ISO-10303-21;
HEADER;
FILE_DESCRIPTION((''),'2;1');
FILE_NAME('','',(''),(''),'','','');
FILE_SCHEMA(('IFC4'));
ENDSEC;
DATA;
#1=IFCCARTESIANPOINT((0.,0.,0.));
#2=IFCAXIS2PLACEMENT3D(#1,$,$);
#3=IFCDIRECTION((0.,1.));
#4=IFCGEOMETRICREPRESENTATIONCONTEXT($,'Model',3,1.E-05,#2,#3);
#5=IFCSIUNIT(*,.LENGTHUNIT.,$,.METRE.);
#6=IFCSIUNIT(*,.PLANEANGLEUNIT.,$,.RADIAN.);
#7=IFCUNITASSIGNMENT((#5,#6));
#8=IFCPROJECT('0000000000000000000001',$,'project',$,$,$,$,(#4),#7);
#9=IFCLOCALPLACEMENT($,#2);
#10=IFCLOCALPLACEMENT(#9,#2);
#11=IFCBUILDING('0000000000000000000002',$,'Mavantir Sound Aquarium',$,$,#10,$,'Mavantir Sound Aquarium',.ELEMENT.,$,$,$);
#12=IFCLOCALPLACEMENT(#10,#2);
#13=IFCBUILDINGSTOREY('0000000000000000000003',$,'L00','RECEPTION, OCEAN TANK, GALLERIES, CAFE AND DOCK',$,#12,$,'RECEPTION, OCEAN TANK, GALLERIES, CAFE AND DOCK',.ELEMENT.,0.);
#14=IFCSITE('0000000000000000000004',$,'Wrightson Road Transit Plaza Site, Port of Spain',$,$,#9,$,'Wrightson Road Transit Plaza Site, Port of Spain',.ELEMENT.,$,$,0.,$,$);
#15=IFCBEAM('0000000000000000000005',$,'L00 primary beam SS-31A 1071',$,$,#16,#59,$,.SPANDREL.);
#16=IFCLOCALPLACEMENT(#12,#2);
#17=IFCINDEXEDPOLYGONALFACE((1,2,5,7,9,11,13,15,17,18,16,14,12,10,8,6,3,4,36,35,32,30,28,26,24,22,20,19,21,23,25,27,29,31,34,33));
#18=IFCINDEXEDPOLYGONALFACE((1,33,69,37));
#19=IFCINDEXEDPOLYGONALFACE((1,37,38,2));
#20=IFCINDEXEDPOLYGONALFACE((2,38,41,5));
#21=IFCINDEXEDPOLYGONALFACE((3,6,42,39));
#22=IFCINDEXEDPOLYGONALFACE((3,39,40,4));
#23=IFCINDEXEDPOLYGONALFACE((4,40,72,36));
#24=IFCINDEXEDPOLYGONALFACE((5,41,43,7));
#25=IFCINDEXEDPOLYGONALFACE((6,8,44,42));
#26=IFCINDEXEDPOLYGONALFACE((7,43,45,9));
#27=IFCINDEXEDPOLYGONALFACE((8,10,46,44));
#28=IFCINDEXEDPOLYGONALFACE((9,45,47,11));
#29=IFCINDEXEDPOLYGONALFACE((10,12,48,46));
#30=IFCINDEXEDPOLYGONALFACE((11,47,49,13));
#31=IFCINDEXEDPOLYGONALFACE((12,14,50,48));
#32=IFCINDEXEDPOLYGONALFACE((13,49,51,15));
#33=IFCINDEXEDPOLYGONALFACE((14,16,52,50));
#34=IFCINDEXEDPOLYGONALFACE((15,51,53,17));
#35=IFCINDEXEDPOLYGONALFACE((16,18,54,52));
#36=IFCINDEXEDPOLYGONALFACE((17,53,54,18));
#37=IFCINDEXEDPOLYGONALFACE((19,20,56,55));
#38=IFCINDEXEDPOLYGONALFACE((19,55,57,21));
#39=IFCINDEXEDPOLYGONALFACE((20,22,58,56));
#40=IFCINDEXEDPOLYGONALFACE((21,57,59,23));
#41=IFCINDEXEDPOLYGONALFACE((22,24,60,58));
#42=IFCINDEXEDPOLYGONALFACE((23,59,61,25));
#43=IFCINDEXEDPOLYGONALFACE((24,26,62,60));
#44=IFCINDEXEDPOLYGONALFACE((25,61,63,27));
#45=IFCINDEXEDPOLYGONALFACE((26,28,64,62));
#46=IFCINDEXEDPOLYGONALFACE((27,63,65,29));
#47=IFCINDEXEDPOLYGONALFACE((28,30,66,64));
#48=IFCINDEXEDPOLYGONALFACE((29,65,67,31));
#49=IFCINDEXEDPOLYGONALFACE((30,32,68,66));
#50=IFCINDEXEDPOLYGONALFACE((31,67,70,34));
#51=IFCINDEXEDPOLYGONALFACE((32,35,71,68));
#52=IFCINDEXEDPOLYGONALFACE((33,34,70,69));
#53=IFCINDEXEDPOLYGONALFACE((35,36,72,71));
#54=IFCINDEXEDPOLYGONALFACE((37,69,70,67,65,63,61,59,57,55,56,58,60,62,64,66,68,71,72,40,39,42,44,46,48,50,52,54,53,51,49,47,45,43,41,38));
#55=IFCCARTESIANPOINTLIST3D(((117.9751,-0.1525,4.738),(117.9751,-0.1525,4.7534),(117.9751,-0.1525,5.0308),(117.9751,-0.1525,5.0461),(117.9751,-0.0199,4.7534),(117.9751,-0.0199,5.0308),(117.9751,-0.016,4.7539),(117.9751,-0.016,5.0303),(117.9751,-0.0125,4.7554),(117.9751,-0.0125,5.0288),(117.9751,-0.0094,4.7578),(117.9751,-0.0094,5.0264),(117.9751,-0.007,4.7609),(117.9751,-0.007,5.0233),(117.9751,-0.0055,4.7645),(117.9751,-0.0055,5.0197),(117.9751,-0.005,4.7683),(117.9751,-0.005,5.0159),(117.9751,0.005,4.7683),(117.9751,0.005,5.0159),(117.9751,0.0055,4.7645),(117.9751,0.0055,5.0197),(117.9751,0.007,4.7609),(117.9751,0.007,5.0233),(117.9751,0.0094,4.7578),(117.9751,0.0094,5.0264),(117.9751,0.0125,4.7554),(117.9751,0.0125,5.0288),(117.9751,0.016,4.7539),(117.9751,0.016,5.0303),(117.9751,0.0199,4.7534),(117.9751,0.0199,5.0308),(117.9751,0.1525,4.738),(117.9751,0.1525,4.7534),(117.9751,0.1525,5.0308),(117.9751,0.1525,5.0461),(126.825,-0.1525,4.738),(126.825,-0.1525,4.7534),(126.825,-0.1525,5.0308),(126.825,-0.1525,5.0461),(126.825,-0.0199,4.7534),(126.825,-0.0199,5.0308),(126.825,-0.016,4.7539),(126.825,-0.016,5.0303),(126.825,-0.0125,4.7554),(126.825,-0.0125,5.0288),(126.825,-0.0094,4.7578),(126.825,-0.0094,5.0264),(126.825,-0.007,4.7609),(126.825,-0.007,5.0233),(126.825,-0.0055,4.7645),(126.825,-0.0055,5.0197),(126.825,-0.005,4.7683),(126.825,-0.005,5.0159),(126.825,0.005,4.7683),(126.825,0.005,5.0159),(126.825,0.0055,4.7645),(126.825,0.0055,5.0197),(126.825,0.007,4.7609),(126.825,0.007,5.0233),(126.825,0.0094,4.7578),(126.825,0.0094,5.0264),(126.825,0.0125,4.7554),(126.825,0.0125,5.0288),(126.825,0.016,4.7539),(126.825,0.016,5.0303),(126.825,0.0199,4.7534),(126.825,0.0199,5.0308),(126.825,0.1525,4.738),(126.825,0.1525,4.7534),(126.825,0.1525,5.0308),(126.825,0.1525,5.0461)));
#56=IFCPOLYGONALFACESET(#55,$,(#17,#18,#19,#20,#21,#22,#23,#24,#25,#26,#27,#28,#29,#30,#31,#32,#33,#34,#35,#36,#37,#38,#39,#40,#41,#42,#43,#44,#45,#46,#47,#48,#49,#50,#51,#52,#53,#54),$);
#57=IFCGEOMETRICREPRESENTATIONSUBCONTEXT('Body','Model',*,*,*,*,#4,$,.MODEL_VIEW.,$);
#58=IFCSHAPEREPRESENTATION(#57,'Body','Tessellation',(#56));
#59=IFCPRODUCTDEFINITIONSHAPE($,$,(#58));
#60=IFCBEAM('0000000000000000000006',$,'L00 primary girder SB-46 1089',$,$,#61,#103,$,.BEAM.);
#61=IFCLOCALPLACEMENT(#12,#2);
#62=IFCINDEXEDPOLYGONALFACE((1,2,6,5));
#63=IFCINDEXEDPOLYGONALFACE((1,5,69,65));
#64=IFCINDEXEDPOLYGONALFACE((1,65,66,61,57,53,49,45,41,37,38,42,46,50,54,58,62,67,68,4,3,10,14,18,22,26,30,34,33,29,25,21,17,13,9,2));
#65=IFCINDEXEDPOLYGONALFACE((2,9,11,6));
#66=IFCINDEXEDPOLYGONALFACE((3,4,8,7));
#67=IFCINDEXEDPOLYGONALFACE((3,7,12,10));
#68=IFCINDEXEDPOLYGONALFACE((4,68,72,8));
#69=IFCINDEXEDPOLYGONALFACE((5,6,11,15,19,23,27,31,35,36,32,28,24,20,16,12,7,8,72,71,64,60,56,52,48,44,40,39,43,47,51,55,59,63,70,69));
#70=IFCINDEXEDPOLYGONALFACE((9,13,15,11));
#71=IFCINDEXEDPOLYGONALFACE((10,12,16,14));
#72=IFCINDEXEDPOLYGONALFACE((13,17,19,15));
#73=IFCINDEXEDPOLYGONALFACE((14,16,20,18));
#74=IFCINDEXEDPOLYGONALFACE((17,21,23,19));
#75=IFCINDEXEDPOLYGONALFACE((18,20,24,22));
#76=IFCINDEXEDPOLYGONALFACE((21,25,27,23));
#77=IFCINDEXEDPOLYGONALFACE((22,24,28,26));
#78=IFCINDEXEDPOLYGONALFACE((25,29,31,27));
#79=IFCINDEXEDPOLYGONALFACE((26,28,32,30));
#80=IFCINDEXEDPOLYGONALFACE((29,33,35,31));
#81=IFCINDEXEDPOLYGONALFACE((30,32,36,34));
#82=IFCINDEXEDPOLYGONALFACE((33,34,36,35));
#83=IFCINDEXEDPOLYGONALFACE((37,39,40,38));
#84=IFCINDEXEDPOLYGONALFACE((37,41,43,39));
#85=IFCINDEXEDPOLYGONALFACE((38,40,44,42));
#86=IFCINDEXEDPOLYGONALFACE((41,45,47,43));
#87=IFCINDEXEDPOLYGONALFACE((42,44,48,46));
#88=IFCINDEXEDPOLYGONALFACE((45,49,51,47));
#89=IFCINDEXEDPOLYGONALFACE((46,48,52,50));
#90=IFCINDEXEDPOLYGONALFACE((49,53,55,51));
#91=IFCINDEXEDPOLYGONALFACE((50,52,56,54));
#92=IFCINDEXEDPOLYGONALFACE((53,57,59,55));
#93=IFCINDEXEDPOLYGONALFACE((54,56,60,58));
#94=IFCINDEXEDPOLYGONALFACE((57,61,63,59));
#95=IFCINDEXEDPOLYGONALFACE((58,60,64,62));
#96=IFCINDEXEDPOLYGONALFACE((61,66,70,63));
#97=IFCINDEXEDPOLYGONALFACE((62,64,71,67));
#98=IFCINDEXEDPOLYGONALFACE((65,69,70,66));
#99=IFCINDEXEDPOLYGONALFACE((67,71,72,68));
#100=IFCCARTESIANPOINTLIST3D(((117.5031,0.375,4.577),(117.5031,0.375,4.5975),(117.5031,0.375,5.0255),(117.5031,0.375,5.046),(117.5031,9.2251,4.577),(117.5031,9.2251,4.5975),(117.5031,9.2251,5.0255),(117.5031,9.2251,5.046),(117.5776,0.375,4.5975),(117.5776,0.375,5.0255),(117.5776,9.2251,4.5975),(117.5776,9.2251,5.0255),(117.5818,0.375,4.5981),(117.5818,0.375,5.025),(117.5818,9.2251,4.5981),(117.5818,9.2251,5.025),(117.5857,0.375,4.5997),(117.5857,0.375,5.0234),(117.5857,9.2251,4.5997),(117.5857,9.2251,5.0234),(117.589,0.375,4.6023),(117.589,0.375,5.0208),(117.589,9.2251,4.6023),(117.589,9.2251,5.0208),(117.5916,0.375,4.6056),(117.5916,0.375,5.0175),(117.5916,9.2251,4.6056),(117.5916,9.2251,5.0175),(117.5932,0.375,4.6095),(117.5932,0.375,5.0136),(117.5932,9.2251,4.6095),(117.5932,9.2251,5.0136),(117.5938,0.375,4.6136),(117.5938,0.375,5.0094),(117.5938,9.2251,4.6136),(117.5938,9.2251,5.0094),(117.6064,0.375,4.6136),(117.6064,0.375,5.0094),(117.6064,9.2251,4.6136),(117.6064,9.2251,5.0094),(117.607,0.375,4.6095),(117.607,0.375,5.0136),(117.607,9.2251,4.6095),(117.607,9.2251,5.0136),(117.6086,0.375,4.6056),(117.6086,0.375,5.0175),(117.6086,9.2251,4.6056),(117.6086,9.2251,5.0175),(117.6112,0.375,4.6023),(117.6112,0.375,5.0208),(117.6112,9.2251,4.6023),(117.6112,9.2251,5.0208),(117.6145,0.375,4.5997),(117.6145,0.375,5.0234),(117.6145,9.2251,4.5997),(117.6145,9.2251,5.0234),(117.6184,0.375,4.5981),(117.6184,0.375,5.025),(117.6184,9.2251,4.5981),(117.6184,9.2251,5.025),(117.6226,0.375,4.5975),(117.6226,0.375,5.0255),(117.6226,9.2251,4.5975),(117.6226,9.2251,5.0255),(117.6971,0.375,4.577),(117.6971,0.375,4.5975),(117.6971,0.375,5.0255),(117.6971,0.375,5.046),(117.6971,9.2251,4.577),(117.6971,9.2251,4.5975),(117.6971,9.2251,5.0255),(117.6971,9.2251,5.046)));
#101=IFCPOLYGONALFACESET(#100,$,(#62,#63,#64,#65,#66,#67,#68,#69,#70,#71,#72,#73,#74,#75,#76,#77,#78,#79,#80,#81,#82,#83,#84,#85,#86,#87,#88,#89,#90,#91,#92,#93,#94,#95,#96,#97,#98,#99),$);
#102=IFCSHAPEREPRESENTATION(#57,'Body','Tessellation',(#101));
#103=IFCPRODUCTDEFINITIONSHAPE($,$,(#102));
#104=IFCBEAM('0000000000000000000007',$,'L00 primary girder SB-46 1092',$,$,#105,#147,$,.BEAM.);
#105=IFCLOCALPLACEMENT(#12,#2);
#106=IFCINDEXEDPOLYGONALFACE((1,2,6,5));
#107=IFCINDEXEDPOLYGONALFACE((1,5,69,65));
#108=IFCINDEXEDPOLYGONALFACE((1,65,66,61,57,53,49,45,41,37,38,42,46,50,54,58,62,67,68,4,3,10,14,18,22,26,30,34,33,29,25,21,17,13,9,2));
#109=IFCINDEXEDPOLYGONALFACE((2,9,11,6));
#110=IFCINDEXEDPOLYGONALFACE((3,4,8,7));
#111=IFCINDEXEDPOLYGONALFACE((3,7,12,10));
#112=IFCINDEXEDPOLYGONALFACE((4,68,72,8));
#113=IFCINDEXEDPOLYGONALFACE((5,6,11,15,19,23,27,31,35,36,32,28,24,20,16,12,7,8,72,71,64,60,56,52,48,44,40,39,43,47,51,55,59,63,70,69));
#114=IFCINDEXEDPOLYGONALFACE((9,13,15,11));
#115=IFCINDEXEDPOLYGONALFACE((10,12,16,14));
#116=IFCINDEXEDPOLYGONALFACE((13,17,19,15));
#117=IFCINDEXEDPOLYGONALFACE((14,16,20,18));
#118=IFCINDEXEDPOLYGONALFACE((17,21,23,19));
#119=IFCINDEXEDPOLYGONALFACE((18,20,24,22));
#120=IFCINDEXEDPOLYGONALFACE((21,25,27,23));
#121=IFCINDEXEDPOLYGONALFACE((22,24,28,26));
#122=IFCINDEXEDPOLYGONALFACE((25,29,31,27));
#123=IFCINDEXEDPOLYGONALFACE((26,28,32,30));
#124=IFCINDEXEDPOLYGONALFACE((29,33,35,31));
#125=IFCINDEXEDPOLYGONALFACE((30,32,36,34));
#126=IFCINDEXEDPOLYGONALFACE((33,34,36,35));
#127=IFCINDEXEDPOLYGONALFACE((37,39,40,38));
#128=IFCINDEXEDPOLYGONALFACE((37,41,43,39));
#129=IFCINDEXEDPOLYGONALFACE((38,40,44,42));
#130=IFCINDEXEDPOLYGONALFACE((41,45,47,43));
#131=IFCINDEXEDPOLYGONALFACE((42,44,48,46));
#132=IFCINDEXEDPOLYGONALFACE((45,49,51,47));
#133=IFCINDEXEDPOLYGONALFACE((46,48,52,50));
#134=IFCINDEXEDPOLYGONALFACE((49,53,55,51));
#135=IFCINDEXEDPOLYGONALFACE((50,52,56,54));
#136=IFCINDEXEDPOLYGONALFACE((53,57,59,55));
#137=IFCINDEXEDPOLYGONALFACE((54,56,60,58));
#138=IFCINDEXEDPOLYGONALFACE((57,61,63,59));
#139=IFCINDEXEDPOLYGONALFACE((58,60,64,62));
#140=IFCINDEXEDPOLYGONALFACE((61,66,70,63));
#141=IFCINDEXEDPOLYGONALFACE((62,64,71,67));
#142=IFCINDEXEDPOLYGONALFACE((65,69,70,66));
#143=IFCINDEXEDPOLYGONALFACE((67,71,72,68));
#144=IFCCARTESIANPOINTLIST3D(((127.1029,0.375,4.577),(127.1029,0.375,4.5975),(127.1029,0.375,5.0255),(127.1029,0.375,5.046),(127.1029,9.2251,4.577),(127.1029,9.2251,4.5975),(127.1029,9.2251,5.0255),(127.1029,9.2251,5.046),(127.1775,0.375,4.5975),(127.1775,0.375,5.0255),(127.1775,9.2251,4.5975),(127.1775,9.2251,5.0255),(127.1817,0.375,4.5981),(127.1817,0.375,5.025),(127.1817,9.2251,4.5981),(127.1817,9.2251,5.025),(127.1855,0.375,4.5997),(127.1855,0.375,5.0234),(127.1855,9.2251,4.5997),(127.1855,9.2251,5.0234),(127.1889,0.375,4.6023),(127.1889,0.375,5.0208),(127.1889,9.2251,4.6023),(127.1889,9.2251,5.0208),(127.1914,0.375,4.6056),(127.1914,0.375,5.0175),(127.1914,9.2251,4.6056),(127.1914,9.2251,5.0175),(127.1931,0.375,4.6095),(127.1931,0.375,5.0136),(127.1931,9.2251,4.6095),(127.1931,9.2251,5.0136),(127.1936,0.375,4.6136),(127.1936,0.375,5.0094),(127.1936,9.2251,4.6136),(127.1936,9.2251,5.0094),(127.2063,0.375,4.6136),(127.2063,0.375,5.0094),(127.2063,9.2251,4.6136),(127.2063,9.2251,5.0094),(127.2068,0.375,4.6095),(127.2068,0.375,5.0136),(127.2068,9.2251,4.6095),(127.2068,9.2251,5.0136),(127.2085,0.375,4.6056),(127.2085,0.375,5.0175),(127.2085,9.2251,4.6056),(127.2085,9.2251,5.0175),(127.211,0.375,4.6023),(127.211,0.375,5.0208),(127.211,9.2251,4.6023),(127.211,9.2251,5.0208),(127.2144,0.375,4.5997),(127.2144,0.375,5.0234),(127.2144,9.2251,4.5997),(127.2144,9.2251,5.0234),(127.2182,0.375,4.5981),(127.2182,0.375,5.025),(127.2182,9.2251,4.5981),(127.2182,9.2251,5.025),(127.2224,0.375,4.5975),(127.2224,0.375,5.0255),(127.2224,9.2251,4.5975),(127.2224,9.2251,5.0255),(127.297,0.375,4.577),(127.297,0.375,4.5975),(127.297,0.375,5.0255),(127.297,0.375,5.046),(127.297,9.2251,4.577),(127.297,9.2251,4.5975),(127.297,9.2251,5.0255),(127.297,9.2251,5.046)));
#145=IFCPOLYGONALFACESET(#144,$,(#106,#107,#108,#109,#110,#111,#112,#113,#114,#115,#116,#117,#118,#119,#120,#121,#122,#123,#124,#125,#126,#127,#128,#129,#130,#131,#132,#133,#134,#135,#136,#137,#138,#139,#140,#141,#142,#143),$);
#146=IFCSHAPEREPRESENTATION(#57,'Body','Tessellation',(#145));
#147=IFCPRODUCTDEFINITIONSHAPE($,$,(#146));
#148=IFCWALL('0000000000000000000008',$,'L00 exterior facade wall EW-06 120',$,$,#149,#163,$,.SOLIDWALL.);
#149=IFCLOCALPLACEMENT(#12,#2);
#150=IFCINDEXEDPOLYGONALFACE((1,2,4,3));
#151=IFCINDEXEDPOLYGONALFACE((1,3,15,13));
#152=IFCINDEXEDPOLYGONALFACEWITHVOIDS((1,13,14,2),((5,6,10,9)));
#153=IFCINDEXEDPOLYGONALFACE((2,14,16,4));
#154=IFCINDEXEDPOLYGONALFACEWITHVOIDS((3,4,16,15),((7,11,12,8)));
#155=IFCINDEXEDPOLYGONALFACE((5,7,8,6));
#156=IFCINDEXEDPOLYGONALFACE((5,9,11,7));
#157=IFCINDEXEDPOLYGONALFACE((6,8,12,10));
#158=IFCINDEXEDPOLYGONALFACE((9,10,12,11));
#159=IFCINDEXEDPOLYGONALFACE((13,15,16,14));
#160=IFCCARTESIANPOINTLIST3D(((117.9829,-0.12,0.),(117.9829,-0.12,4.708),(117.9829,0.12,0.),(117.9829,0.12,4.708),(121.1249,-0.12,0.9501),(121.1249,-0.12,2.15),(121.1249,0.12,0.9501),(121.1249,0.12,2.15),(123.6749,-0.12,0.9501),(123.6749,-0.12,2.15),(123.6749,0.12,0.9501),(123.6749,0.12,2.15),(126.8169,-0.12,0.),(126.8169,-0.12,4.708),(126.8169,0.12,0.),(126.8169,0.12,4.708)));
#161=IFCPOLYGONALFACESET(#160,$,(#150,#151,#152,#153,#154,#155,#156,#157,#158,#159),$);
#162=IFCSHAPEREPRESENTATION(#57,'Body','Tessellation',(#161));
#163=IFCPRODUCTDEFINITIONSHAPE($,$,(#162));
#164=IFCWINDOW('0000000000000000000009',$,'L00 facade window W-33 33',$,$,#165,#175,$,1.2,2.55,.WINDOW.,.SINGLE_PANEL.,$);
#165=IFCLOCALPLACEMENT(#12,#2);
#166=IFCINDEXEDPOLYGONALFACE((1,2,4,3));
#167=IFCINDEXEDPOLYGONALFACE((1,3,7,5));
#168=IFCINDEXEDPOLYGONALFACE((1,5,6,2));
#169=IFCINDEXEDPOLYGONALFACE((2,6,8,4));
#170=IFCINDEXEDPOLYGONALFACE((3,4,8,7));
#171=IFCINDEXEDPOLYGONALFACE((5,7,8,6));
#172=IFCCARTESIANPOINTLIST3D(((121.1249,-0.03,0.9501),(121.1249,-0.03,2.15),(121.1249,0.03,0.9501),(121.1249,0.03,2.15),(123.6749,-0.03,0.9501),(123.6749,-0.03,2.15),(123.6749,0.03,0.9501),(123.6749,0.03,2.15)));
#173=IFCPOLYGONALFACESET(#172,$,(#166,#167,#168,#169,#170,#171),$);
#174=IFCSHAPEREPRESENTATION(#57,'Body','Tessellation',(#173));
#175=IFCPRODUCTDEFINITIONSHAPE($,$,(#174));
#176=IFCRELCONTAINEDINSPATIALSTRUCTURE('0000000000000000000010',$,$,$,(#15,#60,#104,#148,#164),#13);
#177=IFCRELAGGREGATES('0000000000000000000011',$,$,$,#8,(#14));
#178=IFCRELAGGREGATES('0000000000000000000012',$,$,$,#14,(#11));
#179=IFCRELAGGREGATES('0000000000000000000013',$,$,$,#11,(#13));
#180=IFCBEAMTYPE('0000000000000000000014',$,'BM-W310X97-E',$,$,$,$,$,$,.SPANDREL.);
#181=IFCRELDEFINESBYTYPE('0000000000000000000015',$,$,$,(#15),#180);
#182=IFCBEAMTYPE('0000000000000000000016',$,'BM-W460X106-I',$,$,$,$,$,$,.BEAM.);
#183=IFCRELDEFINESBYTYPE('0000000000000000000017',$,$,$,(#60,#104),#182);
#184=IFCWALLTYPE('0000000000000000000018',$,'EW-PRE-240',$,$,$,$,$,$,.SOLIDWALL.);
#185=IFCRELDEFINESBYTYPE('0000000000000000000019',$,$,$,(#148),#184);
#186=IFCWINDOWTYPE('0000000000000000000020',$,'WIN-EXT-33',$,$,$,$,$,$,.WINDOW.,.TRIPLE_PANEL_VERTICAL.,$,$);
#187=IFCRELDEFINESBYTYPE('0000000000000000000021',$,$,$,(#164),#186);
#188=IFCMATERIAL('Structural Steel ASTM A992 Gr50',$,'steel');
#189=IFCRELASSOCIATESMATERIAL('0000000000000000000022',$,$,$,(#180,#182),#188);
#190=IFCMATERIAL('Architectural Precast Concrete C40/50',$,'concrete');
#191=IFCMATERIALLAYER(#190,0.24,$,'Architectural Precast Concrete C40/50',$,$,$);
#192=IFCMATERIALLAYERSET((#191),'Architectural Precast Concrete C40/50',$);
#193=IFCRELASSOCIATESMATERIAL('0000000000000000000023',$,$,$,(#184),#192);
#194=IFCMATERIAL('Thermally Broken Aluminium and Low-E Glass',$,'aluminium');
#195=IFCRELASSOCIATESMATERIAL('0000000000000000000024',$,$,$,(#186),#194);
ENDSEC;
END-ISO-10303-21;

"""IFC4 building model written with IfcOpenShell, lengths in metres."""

from ifc_helpers import new_model, si_unit, direction, frame, frame_2d, origin, origin_2d, place, context, subcontext, project, spatial, rectangle, i_section, extrude, material, layer, layer_set, material_profile, profile_set, type_object, element, fill, save


model = new_model("IFC4")

# Units and contexts
model_context = context("Model", 3, precision=1e-05, world=origin(), true_north=direction((0.0, 1.0)))
body_context = subcontext(model_context, "Body", "Model", "MODEL_VIEW")
ifc_project = project(units=[si_unit("LENGTHUNIT", "METRE"), si_unit("PLANEANGLEUNIT", "RADIAN")], contexts=[model_context])

# Site, building, storey
site_placement = place(None, origin())
site = spatial("IfcSite", under=ifc_project, at=site_placement, Name="Wrightson Road Transit Plaza Site, Port of Spain", LongName="Wrightson Road Transit Plaza Site, Port of Spain", CompositionType="ELEMENT", RefElevation=0.0)
building_placement = place(site_placement, origin())
building = spatial("IfcBuilding", under=site, at=building_placement, Name="Mavantir Sound Aquarium", LongName="Mavantir Sound Aquarium", CompositionType="ELEMENT")
storey_placement = place(building_placement, origin())
storey = spatial("IfcBuildingStorey", under=building, at=storey_placement, Name="L00", Description="RECEPTION, OCEAN TANK, GALLERIES, CAFE AND DOCK", LongName="RECEPTION, OCEAN TANK, GALLERIES, CAFE AND DOCK", CompositionType="ELEMENT", Elevation=0.0)

# Beams
ifc_material_1 = material(Name="Structural Steel ASTM A992 Gr50", Category="steel")
ifc_material_profile_1 = material_profile(ifc_material_1, i_section(OverallWidth=0.3049, OverallDepth=0.3081, WebThickness=0.01, FlangeThickness=0.0154, FilletRadius=0.0149, at=origin_2d()), Name="W310X97")
ifc_profile_set_1 = profile_set([ifc_material_profile_1], Name="Structural Steel ASTM A992 Gr50")
beam_type_1 = type_object("IfcBeamType", Name="BM-W310X97-E", PredefinedType="SPANDREL", material=ifc_profile_set_1)
beam_placement = place(storey_placement, frame((117.9751, 0.0, 4.8921), z_axis=(1.0, 0.0, 0.0), x_axis=(0.0, 1.0, 0.0)))
element("IfcBeam", 1, at=beam_placement, inside=storey, type_object=beam_type_1, Name="L00 primary beam SS-31A 1071", PredefinedType="SPANDREL", context=body_context, shape_type="SweptSolid", body=[
    extrude(i_section(OverallWidth=0.3049, OverallDepth=0.3081, WebThickness=0.01, FlangeThickness=0.0154, FilletRadius=0.0149, at=origin_2d()), origin(), (0.0, 0.0, 1.0), 8.8499),
])
ifc_material_profile_2 = material_profile(ifc_material_1, i_section(OverallWidth=0.1941, OverallDepth=0.469, WebThickness=0.0127, FlangeThickness=0.0205, FilletRadius=0.0161, at=origin_2d()), Name="W460X106")
ifc_profile_set_2 = profile_set([ifc_material_profile_2], Name="Structural Steel ASTM A992 Gr50")
beam_type_2 = type_object("IfcBeamType", Name="BM-W460X106-I", PredefinedType="BEAM", material=ifc_profile_set_2)
for number, where, z_axis, x_axis, name in (
    (2, (117.6001, 0.375, 4.8115), (0.0, 1.0, 0.0), (-1.0, 0.0, 0.0), "L00 primary girder SB-46 1089"),
    (3, (127.2, 0.375, 4.8115), (0.0, 1.0, 0.0), (-1.0, 0.0, 0.0), "L00 primary girder SB-46 1092"),
):
    element("IfcBeam", number, at=place(storey_placement, frame(where, z_axis=z_axis, x_axis=x_axis)), inside=storey, type_object=beam_type_2, Name=name, PredefinedType="BEAM", context=body_context, shape_type="SweptSolid", body=[
        extrude(i_section(OverallWidth=0.1941, OverallDepth=0.469, WebThickness=0.0127, FlangeThickness=0.0205, FilletRadius=0.0161, at=origin_2d()), origin(), (0.0, 0.0, 1.0), 8.8501),
    ])

# Wall, opening, window
ifc_material_2 = material(Name="Architectural Precast Concrete C40/50", Category="concrete")
ifc_layer_1 = layer(ifc_material_2, 0.24, Name="Architectural Precast Concrete C40/50")
ifc_layer_set_1 = layer_set([ifc_layer_1], Name="Architectural Precast Concrete C40/50")
wall_type_1 = type_object("IfcWallType", Name="EW-PRE-240", PredefinedType="SOLIDWALL", material=ifc_layer_set_1)
wall_1_placement = place(storey_placement, frame((117.9829, 0.0, 0.0), z_axis=(0.0, 0.0, 1.0), x_axis=(1.0, 0.0, 0.0)))
wall_1 = element("IfcWall", 4, at=wall_1_placement, inside=storey, type_object=wall_type_1, Name="L00 exterior facade wall EW-06 120", PredefinedType="SOLIDWALL", context=body_context, shape_type="SweptSolid", body=[
    extrude(rectangle(XDim=8.834, YDim=0.24, at=frame_2d((4.417, 0.0))), origin(), (0.0, 0.0, 1.0), 4.708),
])
opening_1_placement = place(wall_1_placement, frame((3.1421, 0.0, 0.95)))
opening_1 = element("IfcOpeningElement", 5, at=opening_1_placement, cuts=wall_1, PredefinedType="OPENING", context=body_context, shape_type="SweptSolid", body=[
    extrude(rectangle(XDim=2.55, YDim=1.2, at=frame_2d((1.2749, 0.6001))), frame((0.0, 0.1299, 0.0), z_axis=(0.0, -1.0, 0.0), x_axis=(1.0, 0.0, 0.0)), (0.0, 0.0, 1.0), 0.26),
])
ifc_material_3 = material(Name="Thermally Broken Aluminium and Low-E Glass", Category="aluminium")
window_type_1 = type_object("IfcWindowType", Name="WIN-EXT-33", PartitioningType="TRIPLE_PANEL_VERTICAL", PredefinedType="WINDOW", material=ifc_material_3)
window_1_placement = place(opening_1_placement, origin())
window_1 = element("IfcWindow", 6, at=window_1_placement, inside=storey, type_object=window_type_1, Name="L00 facade window W-33 33", OverallHeight=1.2, OverallWidth=2.55, PartitioningType="SINGLE_PANEL", PredefinedType="WINDOW", context=body_context, shape_type="SweptSolid", body=[
    extrude(rectangle(XDim=2.55, YDim=1.2, at=frame_2d((1.2749, 0.6001))), frame((0.0, 0.03, 0.0), z_axis=(0.0, -1.0, 0.0), x_axis=(1.0, 0.0, 0.0)), (0.0, 0.0, 1.0), 0.0601),
])
fill(opening_1, window_1)

save(model, "model.ifc")
